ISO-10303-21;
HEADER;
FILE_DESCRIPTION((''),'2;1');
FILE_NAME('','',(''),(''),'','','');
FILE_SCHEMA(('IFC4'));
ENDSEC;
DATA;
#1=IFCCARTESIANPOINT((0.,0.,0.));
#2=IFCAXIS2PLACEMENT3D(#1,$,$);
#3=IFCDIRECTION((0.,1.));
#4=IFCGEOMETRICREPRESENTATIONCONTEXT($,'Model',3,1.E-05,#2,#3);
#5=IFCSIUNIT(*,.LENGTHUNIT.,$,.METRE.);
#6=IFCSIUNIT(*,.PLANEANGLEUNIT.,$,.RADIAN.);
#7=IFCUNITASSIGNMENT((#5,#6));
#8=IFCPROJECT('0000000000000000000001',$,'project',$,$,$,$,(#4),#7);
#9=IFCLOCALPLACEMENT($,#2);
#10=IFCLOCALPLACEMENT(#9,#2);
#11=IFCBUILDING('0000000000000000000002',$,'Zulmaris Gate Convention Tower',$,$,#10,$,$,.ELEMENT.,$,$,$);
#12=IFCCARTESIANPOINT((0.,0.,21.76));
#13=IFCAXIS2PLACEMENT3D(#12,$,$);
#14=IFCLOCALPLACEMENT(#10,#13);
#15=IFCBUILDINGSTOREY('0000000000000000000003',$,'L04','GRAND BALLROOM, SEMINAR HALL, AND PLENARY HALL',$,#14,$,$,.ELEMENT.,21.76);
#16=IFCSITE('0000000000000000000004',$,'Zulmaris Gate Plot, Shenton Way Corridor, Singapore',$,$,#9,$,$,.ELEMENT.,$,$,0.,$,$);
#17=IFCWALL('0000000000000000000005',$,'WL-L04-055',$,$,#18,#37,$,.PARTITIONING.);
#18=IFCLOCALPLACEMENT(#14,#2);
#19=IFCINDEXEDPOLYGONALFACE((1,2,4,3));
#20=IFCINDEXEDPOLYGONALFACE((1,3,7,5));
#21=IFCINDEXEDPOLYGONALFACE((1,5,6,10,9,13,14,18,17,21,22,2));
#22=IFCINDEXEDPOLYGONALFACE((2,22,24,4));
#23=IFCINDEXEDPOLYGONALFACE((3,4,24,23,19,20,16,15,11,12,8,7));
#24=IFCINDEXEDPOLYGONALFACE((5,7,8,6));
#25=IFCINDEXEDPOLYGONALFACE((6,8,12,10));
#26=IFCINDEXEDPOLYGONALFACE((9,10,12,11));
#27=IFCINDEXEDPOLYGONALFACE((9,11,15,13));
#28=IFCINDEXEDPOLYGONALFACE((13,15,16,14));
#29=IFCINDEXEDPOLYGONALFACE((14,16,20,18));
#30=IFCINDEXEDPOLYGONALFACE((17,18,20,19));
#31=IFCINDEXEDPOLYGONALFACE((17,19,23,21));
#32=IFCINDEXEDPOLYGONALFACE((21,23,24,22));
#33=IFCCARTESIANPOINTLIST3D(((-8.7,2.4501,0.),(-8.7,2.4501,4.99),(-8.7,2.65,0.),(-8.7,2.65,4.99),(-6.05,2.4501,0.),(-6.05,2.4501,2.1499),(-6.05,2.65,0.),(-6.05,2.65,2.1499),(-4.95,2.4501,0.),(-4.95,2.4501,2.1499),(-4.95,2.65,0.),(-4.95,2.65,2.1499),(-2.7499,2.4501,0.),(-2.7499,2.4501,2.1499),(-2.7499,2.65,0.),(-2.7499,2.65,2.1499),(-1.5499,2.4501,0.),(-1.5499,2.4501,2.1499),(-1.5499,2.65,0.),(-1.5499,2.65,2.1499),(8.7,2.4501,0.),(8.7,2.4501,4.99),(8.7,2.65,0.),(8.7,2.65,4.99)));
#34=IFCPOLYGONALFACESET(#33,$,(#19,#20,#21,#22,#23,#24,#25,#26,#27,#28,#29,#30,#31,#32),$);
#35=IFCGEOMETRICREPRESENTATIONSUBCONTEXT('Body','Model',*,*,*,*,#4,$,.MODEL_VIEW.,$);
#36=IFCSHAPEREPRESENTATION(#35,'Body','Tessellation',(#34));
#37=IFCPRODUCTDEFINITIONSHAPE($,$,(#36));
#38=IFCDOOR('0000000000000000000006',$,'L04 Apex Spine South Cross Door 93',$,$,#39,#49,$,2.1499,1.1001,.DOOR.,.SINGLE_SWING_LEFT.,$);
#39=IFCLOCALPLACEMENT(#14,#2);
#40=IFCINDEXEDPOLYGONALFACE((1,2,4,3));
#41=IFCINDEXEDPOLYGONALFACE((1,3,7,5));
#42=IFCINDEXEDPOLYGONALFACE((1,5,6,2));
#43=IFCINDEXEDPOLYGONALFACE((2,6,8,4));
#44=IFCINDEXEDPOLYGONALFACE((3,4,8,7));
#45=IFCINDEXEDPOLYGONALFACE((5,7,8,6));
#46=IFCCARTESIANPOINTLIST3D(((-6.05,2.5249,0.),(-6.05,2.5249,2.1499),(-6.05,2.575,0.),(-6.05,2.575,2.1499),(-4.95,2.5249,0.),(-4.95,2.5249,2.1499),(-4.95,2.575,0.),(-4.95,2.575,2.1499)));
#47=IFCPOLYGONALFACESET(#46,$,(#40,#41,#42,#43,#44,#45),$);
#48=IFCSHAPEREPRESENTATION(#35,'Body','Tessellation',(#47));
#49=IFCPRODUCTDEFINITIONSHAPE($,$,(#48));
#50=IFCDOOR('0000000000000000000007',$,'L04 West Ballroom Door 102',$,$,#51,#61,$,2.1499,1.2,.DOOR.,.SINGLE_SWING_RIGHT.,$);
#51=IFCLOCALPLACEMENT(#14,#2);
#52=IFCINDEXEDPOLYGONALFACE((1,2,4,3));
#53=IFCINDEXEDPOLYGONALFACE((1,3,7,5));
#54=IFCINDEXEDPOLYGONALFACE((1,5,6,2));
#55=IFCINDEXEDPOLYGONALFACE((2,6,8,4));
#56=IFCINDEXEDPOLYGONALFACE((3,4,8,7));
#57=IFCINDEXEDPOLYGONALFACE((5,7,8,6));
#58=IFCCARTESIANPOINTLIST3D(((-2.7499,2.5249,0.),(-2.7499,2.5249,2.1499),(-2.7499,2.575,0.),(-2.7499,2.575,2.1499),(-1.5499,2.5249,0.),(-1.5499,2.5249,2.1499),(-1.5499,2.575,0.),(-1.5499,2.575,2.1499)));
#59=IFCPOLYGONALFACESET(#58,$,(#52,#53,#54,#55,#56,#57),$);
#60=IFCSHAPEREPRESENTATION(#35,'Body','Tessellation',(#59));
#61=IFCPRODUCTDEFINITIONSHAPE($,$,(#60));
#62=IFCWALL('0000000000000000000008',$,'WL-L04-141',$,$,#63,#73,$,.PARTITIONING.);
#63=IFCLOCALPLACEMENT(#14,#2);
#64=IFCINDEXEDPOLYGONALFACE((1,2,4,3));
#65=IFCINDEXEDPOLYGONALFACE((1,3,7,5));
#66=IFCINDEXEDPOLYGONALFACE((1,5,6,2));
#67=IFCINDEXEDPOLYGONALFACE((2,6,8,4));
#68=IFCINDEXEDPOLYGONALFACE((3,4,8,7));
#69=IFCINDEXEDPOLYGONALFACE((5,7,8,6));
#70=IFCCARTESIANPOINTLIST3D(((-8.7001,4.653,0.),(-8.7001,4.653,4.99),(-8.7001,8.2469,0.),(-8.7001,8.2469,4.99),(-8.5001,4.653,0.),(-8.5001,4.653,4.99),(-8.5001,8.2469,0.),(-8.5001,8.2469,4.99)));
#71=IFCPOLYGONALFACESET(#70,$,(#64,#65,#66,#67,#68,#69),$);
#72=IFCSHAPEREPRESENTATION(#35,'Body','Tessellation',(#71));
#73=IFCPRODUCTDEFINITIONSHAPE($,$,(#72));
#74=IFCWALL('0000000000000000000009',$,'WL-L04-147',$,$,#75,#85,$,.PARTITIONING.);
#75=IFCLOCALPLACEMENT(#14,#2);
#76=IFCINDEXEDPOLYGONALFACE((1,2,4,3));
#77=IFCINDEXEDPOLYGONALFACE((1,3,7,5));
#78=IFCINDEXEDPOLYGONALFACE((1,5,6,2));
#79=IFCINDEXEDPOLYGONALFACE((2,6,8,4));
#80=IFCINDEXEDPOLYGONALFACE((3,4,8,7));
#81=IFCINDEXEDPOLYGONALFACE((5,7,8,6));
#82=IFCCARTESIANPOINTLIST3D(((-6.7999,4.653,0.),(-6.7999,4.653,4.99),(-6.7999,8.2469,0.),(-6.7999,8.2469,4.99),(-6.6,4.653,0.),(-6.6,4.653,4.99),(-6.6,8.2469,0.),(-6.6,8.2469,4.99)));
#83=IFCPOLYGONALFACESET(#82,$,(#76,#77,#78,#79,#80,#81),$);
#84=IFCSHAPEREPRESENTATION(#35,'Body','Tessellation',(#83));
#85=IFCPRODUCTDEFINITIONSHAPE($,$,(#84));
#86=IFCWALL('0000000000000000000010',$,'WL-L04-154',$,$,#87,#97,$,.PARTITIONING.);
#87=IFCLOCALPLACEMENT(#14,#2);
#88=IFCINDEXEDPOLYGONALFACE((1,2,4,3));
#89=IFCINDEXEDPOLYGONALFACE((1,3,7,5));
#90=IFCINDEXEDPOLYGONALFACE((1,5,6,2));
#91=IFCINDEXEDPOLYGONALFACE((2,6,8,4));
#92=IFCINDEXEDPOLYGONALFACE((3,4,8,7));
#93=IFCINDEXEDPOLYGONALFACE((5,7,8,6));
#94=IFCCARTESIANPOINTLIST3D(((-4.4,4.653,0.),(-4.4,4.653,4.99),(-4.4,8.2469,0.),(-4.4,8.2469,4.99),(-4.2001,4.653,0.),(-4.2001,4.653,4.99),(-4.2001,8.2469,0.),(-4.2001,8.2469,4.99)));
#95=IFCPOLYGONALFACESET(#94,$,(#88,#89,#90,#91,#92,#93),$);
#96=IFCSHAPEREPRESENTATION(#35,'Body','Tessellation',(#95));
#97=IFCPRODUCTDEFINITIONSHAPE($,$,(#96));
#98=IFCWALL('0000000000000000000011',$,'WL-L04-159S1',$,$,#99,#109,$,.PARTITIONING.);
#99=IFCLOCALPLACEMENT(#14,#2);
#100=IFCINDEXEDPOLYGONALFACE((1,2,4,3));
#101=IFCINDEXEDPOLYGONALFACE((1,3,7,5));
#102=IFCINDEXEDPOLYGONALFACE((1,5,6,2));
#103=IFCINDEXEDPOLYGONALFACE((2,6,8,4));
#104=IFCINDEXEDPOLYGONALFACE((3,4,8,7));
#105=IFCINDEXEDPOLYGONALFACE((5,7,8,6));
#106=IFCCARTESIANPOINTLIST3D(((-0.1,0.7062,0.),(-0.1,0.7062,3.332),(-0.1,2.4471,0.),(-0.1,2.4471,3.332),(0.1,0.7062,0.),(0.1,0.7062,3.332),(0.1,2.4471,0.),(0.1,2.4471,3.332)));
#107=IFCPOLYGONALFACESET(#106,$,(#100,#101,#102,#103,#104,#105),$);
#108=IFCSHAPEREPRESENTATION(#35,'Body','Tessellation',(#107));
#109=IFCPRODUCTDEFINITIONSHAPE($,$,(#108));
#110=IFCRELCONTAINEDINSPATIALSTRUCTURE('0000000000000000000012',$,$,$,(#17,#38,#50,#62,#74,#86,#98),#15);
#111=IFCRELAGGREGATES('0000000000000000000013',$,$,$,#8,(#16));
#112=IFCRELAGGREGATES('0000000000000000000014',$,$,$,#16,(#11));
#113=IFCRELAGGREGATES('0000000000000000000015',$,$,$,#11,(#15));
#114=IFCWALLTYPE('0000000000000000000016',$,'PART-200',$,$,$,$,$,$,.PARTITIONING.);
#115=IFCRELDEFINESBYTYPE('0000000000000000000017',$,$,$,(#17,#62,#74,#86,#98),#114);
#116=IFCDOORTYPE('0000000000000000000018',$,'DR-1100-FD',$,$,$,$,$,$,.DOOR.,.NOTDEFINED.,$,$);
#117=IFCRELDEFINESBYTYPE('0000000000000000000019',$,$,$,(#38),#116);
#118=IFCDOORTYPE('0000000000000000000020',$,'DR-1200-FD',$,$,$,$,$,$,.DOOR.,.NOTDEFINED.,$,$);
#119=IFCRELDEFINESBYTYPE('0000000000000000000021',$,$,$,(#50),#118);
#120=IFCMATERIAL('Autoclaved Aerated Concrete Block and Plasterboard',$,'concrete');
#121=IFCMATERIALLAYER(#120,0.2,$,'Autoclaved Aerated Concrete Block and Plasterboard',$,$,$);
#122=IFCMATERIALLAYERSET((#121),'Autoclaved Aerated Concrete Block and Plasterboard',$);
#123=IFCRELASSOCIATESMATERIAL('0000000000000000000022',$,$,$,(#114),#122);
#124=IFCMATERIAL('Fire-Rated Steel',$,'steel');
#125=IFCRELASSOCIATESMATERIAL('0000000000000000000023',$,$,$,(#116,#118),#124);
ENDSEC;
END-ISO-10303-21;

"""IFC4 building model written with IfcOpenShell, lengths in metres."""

from ifc_helpers import new_model, si_unit, direction, frame, frame_2d, origin, place, context, subcontext, project, spatial, rectangle, extrude, material, layer, layer_set, type_object, element, fill, save


model = new_model("IFC4")

# Units and contexts
model_context = context("Model", 3, precision=1e-05, world=origin(), true_north=direction((0.0, 1.0)))
body_context = subcontext(model_context, "Body", "Model", "MODEL_VIEW")
ifc_project = project(units=[si_unit("LENGTHUNIT", "METRE"), si_unit("PLANEANGLEUNIT", "RADIAN")], contexts=[model_context])

# Site, building, storey
site_placement = place(None, origin())
site = spatial("IfcSite", under=ifc_project, at=site_placement, Name="Zulmaris Gate Plot, Shenton Way Corridor, Singapore", CompositionType="ELEMENT", RefElevation=0.0)
building_placement = place(site_placement, origin())
building = spatial("IfcBuilding", under=site, at=building_placement, Name="Zulmaris Gate Convention Tower", CompositionType="ELEMENT")
storey_placement = place(building_placement, frame((0.0, 0.0, 21.76)))
storey = spatial("IfcBuildingStorey", under=building, at=storey_placement, Name="L04", Description="GRAND BALLROOM, SEMINAR HALL, AND PLENARY HALL", CompositionType="ELEMENT", Elevation=21.76)

# Wall, openings, doors
ifc_material_1 = material(Name="Autoclaved Aerated Concrete Block and Plasterboard", Category="concrete")
ifc_layer_1 = layer(ifc_material_1, 0.2, Name="Autoclaved Aerated Concrete Block and Plasterboard")
ifc_layer_set_1 = layer_set([ifc_layer_1], Name="Autoclaved Aerated Concrete Block and Plasterboard")
wall_type = type_object("IfcWallType", Name="PART-200", PredefinedType="PARTITIONING", material=ifc_layer_set_1)
wall_1_placement = place(storey_placement, frame((-8.7, 2.55, 0.0), z_axis=(0.0, 0.0, 1.0), x_axis=(1.0, 0.0, 0.0)))
wall_1 = element("IfcWall", 1, at=wall_1_placement, inside=storey, type_object=wall_type, Name="WL-L04-055", PredefinedType="PARTITIONING", context=body_context, shape_type="SweptSolid", body=[
    extrude(rectangle(XDim=17.3999, YDim=0.2, at=frame_2d((8.7, 0.0))), origin(), (0.0, 0.0, 1.0), 4.99),
])
opening_1_placement = place(wall_1_placement, frame((2.6499, 0.0, 0.0)))
opening_1 = element("IfcOpeningElement", 2, at=opening_1_placement, cuts=wall_1, PredefinedType="OPENING", context=body_context, shape_type="SweptSolid", body=[
    extrude(rectangle(XDim=1.1001, YDim=2.1499, at=frame_2d((0.55, 1.075))), frame((0.0, 0.1099, 0.0), z_axis=(0.0, -1.0, 0.0), x_axis=(1.0, 0.0, 0.0)), (0.0, 0.0, 1.0), 0.22),
])
opening_2_placement = place(wall_1_placement, frame((5.95, 0.0, 0.0)))
opening_2 = element("IfcOpeningElement", 3, at=opening_2_placement, cuts=wall_1, PredefinedType="OPENING", context=body_context, shape_type="SweptSolid", body=[
    extrude(rectangle(XDim=1.2, YDim=2.1499, at=frame_2d((0.6001, 1.075))), frame((0.0, 0.1099, 0.0), z_axis=(0.0, -1.0, 0.0), x_axis=(1.0, 0.0, 0.0)), (0.0, 0.0, 1.0), 0.22),
])
ifc_material_2 = material(Name="Fire-Rated Steel", Category="steel")
door_type_1 = type_object("IfcDoorType", Name="DR-1100-FD", OperationType="NOTDEFINED", PredefinedType="DOOR", material=ifc_material_2)
door_1_placement = place(opening_1_placement, origin())
door_1 = element("IfcDoor", 4, at=door_1_placement, inside=storey, type_object=door_type_1, Name="L04 Apex Spine South Cross Door 93", OperationType="SINGLE_SWING_LEFT", OverallHeight=2.1499, OverallWidth=1.1001, PredefinedType="DOOR", context=body_context, shape_type="SweptSolid", body=[
    extrude(rectangle(XDim=1.1001, YDim=2.1499, at=frame_2d((0.55, 1.075))), frame((0.0, 0.0249, 0.0), z_axis=(0.0, -1.0, 0.0), x_axis=(1.0, 0.0, 0.0)), (0.0, 0.0, 1.0), 0.05),
])
fill(opening_1, door_1)
door_type_2 = type_object("IfcDoorType", Name="DR-1200-FD", OperationType="NOTDEFINED", PredefinedType="DOOR", material=ifc_material_2)
door_2_placement = place(opening_2_placement, origin())
door_2 = element("IfcDoor", 5, at=door_2_placement, inside=storey, type_object=door_type_2, Name="L04 West Ballroom Door 102", OperationType="SINGLE_SWING_RIGHT", OverallHeight=2.1499, OverallWidth=1.2, PredefinedType="DOOR", context=body_context, shape_type="SweptSolid", body=[
    extrude(rectangle(XDim=1.2, YDim=2.1499, at=frame_2d((0.6001, 1.075))), frame((0.0, 0.0249, 0.0), z_axis=(0.0, -1.0, 0.0), x_axis=(1.0, 0.0, 0.0)), (0.0, 0.0, 1.0), 0.05),
])
fill(opening_2, door_2)

# Walls
for number, where, z_axis, x_axis, name in (
    (6, (-8.6001, 4.6531, 0.0), (0.0, 0.0, 1.0), (0.0, 1.0, 0.0), "WL-L04-141"),
    (7, (-6.7, 4.6531, 0.0), (0.0, 0.0, 1.0), (0.0, 1.0, 0.0), "WL-L04-147"),
    (8, (-4.3, 4.6531, 0.0), (0.0, 0.0, 1.0), (0.0, 1.0, 0.0), "WL-L04-154"),
):
    element("IfcWall", number, at=place(storey_placement, frame(where, z_axis=z_axis, x_axis=x_axis)), inside=storey, type_object=wall_type, Name=name, PredefinedType="PARTITIONING", context=body_context, shape_type="SweptSolid", body=[
        extrude(rectangle(XDim=3.594, YDim=0.2, at=frame_2d((1.7969, 0.0))), origin(), (0.0, 0.0, 1.0), 4.99),
    ])
wall_2_placement = place(storey_placement, frame((0.0, 0.7061, 0.0), z_axis=(0.0, 0.0, 1.0), x_axis=(0.0, 1.0, 0.0)))
element("IfcWall", 9, at=wall_2_placement, inside=storey, type_object=wall_type, Name="WL-L04-159S1", PredefinedType="PARTITIONING", context=body_context, shape_type="SweptSolid", body=[
    extrude(rectangle(XDim=1.741, YDim=0.2, at=frame_2d((0.8706, 0.0))), origin(), (0.0, 0.0, 1.0), 3.332),
])

save(model, "model.ifc")
